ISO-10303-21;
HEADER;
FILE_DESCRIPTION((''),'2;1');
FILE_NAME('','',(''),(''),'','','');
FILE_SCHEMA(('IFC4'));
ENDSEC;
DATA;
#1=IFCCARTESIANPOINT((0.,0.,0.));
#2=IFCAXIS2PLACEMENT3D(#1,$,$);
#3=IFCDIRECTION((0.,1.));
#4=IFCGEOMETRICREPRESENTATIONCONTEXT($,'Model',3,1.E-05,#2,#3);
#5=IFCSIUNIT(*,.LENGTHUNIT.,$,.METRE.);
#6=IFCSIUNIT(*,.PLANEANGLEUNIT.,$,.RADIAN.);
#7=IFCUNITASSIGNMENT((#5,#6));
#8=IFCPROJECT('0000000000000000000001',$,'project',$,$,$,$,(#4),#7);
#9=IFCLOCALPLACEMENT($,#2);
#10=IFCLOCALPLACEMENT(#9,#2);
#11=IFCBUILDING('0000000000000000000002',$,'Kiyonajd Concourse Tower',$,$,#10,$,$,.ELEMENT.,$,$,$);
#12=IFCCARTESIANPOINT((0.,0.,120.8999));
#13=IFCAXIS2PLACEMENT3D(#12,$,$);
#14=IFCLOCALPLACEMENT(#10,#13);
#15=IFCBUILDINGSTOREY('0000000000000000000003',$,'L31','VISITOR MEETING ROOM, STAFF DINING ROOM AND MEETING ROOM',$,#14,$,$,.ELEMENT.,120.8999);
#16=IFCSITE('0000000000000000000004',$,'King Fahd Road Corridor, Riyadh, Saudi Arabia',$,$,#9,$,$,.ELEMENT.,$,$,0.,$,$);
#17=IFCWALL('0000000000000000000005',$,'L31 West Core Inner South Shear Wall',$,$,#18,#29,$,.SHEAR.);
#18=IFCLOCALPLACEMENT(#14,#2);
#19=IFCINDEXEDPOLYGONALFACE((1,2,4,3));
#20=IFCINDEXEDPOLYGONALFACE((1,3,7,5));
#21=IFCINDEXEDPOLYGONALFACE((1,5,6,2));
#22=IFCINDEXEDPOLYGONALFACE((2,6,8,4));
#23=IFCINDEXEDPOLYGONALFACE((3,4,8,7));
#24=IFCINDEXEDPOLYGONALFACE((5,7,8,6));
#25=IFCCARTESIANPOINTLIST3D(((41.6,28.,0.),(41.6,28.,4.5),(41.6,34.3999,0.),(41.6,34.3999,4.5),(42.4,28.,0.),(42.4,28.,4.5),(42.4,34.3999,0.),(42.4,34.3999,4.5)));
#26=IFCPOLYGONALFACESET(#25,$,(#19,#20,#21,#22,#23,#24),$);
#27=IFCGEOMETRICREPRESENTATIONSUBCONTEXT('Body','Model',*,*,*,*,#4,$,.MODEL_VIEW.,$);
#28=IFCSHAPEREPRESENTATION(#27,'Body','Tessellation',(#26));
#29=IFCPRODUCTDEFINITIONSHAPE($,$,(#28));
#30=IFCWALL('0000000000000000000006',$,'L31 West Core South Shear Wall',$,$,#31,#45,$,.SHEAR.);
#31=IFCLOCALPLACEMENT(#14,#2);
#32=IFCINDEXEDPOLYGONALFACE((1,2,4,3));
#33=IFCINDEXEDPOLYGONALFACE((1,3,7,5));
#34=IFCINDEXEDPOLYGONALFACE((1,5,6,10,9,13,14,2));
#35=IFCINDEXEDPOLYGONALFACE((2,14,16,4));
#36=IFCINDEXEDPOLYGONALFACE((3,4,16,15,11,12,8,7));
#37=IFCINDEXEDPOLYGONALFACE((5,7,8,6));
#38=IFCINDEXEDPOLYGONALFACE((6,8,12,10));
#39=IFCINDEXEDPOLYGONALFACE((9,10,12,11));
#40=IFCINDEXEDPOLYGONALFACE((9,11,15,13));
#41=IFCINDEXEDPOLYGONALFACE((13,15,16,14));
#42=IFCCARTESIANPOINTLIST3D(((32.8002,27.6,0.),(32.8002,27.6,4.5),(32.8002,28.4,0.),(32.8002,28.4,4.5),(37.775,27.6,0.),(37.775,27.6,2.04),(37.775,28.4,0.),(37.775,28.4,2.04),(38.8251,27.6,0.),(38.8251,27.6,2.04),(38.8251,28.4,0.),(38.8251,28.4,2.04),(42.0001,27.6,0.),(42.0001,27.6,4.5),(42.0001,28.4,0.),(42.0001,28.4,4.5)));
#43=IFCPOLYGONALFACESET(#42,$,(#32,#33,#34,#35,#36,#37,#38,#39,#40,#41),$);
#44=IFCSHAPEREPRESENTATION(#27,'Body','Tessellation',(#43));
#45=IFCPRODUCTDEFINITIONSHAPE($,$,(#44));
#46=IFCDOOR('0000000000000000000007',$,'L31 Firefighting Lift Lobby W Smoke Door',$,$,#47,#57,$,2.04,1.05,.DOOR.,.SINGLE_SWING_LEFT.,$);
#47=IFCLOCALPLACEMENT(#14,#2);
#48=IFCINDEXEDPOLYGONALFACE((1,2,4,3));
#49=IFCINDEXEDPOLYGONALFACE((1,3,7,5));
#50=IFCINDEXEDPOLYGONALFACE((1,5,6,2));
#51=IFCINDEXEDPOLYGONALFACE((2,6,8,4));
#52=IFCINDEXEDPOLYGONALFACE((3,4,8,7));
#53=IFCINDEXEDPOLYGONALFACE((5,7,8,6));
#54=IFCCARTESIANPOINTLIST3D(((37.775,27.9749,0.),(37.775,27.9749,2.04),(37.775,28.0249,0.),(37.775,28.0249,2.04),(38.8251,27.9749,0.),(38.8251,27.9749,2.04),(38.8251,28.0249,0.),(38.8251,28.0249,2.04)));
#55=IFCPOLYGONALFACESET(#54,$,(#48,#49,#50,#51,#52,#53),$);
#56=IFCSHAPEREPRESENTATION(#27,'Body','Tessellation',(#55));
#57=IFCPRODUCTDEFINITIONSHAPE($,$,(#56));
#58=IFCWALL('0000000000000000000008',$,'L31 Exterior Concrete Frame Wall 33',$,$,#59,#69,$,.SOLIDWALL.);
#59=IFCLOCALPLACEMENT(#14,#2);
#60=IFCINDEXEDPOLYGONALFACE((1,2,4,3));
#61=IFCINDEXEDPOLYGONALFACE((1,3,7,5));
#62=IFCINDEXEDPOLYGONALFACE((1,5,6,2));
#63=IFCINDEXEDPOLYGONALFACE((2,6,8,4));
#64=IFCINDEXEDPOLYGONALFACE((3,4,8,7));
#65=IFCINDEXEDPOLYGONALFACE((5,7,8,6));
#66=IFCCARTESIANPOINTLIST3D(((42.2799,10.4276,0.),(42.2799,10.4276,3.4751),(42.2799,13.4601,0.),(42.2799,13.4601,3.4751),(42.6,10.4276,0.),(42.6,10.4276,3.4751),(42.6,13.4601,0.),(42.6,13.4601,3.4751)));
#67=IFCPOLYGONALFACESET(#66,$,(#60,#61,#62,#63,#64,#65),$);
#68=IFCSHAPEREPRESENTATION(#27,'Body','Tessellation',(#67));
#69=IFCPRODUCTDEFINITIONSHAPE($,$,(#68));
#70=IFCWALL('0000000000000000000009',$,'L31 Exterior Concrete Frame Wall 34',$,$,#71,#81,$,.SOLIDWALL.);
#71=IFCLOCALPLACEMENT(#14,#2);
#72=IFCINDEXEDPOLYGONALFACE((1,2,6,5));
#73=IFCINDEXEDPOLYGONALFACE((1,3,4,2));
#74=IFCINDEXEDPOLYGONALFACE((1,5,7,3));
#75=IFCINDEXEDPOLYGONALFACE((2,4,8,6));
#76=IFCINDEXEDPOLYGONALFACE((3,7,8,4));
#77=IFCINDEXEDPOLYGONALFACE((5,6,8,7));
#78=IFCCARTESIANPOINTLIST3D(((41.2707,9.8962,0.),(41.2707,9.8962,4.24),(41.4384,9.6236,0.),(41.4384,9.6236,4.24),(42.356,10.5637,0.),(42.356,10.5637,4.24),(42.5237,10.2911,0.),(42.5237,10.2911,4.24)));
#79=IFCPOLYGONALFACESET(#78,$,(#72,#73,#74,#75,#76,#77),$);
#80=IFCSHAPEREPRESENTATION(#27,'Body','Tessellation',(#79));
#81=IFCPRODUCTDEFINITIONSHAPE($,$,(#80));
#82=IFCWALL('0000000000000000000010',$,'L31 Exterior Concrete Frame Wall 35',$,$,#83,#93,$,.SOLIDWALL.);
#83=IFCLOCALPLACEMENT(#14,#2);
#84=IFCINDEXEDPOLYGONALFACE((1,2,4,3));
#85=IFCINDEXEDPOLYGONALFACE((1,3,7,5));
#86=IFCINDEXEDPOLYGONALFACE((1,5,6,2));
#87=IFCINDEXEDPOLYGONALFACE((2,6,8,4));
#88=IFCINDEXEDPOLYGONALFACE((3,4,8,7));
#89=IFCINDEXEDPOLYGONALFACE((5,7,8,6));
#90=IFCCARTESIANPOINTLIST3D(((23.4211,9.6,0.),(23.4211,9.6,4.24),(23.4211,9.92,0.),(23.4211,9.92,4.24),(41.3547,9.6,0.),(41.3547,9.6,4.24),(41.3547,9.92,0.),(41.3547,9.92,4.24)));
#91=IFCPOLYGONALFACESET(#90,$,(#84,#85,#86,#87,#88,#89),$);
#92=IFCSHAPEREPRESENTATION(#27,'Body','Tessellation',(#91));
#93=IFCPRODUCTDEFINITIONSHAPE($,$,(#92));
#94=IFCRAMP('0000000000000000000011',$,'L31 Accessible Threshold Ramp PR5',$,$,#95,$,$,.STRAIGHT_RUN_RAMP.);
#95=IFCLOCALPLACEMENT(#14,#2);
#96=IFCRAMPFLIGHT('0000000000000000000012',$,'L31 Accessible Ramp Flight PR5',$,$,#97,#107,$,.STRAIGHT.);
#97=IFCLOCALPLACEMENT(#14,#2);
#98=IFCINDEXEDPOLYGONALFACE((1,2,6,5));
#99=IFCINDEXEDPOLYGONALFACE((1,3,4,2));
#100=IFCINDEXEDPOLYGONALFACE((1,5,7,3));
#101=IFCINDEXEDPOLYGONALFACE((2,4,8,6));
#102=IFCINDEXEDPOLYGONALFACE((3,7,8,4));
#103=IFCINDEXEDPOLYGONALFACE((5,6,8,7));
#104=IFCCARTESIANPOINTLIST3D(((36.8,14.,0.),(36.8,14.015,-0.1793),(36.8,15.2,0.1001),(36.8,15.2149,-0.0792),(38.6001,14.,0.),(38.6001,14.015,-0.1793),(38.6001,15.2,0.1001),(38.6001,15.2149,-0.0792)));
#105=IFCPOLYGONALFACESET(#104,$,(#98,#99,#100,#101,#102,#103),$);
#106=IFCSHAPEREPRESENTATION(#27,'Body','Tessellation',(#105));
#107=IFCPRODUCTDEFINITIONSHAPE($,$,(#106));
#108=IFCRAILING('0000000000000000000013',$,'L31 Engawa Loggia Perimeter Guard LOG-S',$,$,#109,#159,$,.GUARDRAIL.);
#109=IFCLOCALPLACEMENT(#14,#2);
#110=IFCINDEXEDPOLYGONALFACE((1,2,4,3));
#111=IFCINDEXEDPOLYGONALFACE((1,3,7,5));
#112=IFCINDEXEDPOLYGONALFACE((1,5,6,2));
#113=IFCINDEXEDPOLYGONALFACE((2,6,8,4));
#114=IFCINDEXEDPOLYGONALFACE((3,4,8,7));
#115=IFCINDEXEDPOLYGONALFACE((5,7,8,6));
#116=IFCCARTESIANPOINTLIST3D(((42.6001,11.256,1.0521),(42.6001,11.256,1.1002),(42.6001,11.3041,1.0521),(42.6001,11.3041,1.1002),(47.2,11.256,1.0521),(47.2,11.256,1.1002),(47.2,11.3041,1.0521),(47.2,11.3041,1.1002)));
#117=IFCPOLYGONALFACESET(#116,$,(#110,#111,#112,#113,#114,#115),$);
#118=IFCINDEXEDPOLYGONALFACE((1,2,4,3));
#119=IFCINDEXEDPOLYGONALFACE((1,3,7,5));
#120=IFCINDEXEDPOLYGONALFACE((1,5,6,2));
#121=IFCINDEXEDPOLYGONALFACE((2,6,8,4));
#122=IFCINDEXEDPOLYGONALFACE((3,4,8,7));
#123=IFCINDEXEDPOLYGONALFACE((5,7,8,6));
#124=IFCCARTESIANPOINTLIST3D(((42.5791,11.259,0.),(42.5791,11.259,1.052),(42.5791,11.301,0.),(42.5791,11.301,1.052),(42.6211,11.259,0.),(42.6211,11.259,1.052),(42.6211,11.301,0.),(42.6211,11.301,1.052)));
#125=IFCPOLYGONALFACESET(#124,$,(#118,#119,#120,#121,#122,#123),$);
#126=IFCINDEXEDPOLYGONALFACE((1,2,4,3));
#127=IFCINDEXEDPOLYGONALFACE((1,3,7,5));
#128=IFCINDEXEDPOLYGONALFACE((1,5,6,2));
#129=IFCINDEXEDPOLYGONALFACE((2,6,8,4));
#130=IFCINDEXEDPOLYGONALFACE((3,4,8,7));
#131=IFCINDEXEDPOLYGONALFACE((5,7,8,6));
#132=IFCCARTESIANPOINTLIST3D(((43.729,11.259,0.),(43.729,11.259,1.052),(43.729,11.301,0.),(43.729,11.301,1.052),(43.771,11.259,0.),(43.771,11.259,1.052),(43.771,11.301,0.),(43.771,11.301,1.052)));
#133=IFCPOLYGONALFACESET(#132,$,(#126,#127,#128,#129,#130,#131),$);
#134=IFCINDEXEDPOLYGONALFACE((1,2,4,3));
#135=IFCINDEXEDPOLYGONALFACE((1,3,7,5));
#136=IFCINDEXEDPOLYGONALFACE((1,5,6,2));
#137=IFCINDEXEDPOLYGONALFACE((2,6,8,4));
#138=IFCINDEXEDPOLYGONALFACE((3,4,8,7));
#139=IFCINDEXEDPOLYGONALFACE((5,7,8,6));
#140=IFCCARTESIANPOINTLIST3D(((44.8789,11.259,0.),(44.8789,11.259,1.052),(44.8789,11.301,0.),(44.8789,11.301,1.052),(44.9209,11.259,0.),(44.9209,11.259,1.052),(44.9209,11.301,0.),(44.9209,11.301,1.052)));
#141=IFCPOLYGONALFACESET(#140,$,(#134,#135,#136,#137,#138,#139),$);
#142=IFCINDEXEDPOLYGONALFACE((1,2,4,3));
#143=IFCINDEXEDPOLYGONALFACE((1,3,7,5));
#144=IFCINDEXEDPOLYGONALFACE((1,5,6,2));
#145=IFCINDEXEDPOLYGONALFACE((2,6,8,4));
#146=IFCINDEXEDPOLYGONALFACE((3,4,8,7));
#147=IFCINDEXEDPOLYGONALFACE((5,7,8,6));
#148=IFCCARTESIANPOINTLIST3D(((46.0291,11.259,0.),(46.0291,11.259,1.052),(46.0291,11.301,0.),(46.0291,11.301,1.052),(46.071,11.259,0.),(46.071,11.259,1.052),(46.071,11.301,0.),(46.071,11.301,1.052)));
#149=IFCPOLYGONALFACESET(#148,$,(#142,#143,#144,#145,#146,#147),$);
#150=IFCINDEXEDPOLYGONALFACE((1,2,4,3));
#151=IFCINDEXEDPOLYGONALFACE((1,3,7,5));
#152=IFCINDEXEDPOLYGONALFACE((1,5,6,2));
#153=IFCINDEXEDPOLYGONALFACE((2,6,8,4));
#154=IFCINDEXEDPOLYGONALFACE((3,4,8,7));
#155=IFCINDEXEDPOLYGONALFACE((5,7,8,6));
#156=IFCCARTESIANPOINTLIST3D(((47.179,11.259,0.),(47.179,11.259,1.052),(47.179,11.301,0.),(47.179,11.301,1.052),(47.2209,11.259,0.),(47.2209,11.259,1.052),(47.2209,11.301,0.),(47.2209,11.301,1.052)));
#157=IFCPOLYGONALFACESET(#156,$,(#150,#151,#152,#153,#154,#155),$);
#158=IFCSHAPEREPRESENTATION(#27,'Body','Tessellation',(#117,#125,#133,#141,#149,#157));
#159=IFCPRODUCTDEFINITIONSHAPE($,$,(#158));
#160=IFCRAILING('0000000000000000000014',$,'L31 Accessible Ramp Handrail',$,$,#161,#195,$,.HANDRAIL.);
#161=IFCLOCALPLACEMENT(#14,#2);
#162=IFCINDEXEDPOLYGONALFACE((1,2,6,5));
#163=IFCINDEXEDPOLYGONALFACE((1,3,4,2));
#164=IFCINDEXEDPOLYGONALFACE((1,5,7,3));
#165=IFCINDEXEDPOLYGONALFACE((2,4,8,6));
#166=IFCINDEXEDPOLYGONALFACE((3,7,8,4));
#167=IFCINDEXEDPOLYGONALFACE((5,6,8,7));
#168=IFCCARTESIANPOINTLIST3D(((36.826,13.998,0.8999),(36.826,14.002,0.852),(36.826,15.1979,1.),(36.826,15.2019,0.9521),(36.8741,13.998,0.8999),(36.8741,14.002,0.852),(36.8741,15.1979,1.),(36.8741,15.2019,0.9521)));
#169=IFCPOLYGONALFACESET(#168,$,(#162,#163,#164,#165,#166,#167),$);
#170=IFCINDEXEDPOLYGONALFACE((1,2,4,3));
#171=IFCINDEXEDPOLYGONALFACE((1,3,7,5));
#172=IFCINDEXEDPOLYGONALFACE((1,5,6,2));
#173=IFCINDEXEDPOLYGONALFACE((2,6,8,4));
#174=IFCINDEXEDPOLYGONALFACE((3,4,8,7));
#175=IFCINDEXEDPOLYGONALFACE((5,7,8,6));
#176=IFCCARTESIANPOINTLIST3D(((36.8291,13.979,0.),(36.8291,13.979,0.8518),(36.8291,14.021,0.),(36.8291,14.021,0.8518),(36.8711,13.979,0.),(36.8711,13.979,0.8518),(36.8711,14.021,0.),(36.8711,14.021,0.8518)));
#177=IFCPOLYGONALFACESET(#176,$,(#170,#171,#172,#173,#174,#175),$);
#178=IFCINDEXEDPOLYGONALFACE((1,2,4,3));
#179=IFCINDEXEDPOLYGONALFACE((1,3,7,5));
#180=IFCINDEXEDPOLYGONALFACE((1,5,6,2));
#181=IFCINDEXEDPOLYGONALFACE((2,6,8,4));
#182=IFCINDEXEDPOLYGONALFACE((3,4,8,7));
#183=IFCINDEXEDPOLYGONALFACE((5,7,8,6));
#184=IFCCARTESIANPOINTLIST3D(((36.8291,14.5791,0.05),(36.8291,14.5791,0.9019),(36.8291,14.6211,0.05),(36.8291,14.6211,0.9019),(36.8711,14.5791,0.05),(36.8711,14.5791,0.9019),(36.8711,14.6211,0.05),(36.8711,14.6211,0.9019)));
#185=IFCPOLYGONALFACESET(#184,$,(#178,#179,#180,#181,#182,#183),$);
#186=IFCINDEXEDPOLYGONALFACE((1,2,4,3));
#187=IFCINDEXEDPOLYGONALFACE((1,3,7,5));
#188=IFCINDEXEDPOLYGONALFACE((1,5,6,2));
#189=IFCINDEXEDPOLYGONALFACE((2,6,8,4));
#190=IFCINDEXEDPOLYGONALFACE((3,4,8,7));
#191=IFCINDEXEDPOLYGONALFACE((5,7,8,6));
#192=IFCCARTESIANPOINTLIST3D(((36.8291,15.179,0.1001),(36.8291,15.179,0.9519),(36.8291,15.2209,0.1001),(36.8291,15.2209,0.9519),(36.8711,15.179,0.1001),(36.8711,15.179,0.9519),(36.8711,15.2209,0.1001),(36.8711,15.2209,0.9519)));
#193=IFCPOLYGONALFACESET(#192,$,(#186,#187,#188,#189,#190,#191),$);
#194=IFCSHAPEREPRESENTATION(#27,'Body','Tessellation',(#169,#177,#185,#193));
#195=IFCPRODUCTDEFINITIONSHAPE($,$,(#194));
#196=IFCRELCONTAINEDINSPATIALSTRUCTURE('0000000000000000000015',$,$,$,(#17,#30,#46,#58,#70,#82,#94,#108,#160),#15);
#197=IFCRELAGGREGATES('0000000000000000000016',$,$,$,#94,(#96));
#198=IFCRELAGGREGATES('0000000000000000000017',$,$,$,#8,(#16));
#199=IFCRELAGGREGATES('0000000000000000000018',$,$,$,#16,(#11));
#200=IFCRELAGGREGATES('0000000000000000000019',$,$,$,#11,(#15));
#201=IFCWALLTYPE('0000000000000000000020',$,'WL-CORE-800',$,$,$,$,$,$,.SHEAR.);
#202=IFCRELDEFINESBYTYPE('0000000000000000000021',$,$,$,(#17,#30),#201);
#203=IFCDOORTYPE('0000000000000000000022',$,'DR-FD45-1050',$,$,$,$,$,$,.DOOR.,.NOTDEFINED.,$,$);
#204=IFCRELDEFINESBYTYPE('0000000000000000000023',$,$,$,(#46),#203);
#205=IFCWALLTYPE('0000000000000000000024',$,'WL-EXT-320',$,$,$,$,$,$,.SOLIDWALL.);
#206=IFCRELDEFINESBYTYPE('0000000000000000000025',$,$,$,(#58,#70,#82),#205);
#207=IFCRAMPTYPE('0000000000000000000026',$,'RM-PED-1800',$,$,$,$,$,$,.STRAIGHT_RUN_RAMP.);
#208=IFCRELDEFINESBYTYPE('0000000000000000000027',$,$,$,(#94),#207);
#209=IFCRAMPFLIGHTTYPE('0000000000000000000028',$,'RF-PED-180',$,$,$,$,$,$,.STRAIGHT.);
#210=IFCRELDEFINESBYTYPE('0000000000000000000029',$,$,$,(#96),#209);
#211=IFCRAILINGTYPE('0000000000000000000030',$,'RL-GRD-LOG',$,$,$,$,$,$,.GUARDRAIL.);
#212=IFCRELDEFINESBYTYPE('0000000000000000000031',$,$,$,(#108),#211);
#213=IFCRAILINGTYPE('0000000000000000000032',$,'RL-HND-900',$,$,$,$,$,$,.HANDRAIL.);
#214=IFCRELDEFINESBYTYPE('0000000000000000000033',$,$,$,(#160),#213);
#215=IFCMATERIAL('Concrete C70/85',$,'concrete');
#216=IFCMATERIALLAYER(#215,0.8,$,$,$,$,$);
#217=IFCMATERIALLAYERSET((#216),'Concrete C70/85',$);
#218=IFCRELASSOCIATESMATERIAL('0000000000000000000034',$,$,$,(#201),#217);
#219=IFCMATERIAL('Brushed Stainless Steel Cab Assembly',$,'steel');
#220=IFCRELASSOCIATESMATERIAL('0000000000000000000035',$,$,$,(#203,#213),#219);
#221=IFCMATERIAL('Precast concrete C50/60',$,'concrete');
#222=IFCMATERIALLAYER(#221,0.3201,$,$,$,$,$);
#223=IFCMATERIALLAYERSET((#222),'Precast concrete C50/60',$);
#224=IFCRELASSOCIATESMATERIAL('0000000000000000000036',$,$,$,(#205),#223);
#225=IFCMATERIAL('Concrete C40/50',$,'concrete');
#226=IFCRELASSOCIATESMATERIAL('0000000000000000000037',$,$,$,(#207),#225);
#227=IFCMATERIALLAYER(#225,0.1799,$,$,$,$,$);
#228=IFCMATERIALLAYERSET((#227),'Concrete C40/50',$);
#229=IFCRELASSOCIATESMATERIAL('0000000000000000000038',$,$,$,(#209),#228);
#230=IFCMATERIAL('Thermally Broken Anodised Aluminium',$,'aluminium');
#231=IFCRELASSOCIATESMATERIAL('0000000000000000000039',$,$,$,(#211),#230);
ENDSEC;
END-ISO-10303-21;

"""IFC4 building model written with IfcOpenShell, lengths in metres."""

from ifc_helpers import new_model, si_unit, direction, frame, frame_2d, origin, origin_2d, place, context, subcontext, project, spatial, polyline, rectangle, outline, extrude, material, layer, layer_set, type_object, element, fill, aggregate, save


model = new_model("IFC4")

# Units and contexts
model_context = context("Model", 3, precision=1e-05, world=origin(), true_north=direction((0.0, 1.0)))
body_context = subcontext(model_context, "Body", "Model", "MODEL_VIEW")
ifc_project = project(units=[si_unit("LENGTHUNIT", "METRE"), si_unit("PLANEANGLEUNIT", "RADIAN")], contexts=[model_context])

# Site, building, storey
site_placement = place(None, origin())
site = spatial("IfcSite", under=ifc_project, at=site_placement, Name="King Fahd Road Corridor, Riyadh, Saudi Arabia", CompositionType="ELEMENT", RefElevation=0.0)
building_placement = place(site_placement, origin())
building = spatial("IfcBuilding", under=site, at=building_placement, Name="Kiyonajd Concourse Tower", CompositionType="ELEMENT")
storey_placement = place(building_placement, frame((0.0, 0.0, 120.8999)))
storey = spatial("IfcBuildingStorey", under=building, at=storey_placement, Name="L31", Description="VISITOR MEETING ROOM, STAFF DINING ROOM AND MEETING ROOM", CompositionType="ELEMENT", Elevation=120.8999)

# Shared definitions
ifc_material_1 = material(Name="Concrete C70/85", Category="concrete")

# Shared definitions
ifc_material_2 = material(Name="Precast concrete C50/60", Category="concrete")

# Shared definitions
ifc_material_3 = material(Name="Thermally Broken Anodised Aluminium", Category="aluminium")

# Wall
ifc_layer_1 = layer(ifc_material_1, 0.8)
ifc_layer_set_1 = layer_set([ifc_layer_1], Name="Concrete C70/85")
wall_type_1 = type_object("IfcWallType", Name="WL-CORE-800", PredefinedType="SHEAR", material=ifc_layer_set_1)
wall_1_placement = place(storey_placement, frame((42.0, 28.0, 0.0), z_axis=(0.0, 0.0, 1.0), x_axis=(0.0, 1.0, 0.0)))
element("IfcWall", 1, at=wall_1_placement, inside=storey, type_object=wall_type_1, Name="L31 West Core Inner South Shear Wall", PredefinedType="SHEAR", context=body_context, shape_type="SweptSolid", body=[
    extrude(rectangle(XDim=6.3999, YDim=0.8, at=frame_2d((3.2, 0.0))), origin(), (0.0, 0.0, 1.0), 4.5),
])

# Wall, opening, door
wall_2_placement = place(storey_placement, frame((32.8, 28.0, 0.0), z_axis=(0.0, 0.0, 1.0), x_axis=(1.0, 0.0, 0.0)))
wall_2 = element("IfcWall", 2, at=wall_2_placement, inside=storey, type_object=wall_type_1, Name="L31 West Core South Shear Wall", PredefinedType="SHEAR", context=body_context, shape_type="SweptSolid", body=[
    extrude(rectangle(XDim=9.2, YDim=0.8, at=frame_2d((4.6001, 0.0))), origin(), (0.0, 0.0, 1.0), 4.5),
])
opening_placement = place(wall_2_placement, frame((4.9751, 0.0, 0.0)))
opening = element("IfcOpeningElement", 3, at=opening_placement, cuts=wall_2, PredefinedType="OPENING", context=body_context, shape_type="SweptSolid", body=[
    extrude(rectangle(XDim=1.05, YDim=2.04, at=frame_2d((0.5249, 1.02))), frame((0.0, 0.4099, 0.0), z_axis=(0.0, -1.0, 0.0), x_axis=(1.0, 0.0, 0.0)), (0.0, 0.0, 1.0), 0.8201),
])
ifc_material_4 = material(Name="Brushed Stainless Steel Cab Assembly", Category="steel")
door_type = type_object("IfcDoorType", Name="DR-FD45-1050", OperationType="NOTDEFINED", PredefinedType="DOOR", material=ifc_material_4)
door_placement = place(opening_placement, origin())
door = element("IfcDoor", 4, at=door_placement, inside=storey, type_object=door_type, Name="L31 Firefighting Lift Lobby W Smoke Door", OperationType="SINGLE_SWING_LEFT", OverallHeight=2.04, OverallWidth=1.05, PredefinedType="DOOR", context=body_context, shape_type="SweptSolid", body=[
    extrude(rectangle(XDim=1.05, YDim=2.04, at=frame_2d((0.5249, 1.02))), frame((0.0, 0.0249, 0.0), z_axis=(0.0, -1.0, 0.0), x_axis=(1.0, 0.0, 0.0)), (0.0, 0.0, 1.0), 0.05),
])
fill(opening, door)

# Walls
ifc_layer_2 = layer(ifc_material_2, 0.3201)
ifc_layer_set_2 = layer_set([ifc_layer_2], Name="Precast concrete C50/60")
wall_type_2 = type_object("IfcWallType", Name="WL-EXT-320", PredefinedType="SOLIDWALL", material=ifc_layer_set_2)
wall_3_placement = place(storey_placement, frame((42.4399, 13.46, 0.0), z_axis=(0.0, 0.0, 1.0), x_axis=(0.0, -1.0, 0.0)))
element("IfcWall", 5, at=wall_3_placement, inside=storey, type_object=wall_type_2, Name="L31 Exterior Concrete Frame Wall 33", PredefinedType="SOLIDWALL", context=body_context, shape_type="SweptSolid", body=[
    extrude(rectangle(XDim=3.0325, YDim=0.3201, at=frame_2d((1.5161, 0.0))), origin(), (0.0, 0.0, 1.0), 3.4751),
])
wall_4_placement = place(storey_placement, frame((42.4399, 10.4275, 0.0), z_axis=(0.0, 0.0, 1.0), x_axis=(-0.851777, -0.523905, 0.0)))
element("IfcWall", 6, at=wall_4_placement, inside=storey, type_object=wall_type_2, Name="L31 Exterior Concrete Frame Wall 34", PredefinedType="SOLIDWALL", context=body_context, shape_type="SweptSolid", body=[
    extrude(rectangle(XDim=1.2742, YDim=0.3201, at=frame_2d((0.6372, 0.0))), origin(), (0.0, 0.0, 1.0), 4.24),
])
wall_5_placement = place(storey_placement, frame((41.3547, 9.76, 0.0), z_axis=(0.0, 0.0, 1.0), x_axis=(-1.0, 0.0, 0.0)))
element("IfcWall", 7, at=wall_5_placement, inside=storey, type_object=wall_type_2, Name="L31 Exterior Concrete Frame Wall 35", PredefinedType="SOLIDWALL", context=body_context, shape_type="SweptSolid", body=[
    extrude(rectangle(XDim=17.9336, YDim=0.3201, at=frame_2d((8.9668, 0.0))), origin(), (0.0, 0.0, 1.0), 4.24),
])

# Ramp, ramp flight
ifc_material_5 = material(Name="Concrete C40/50", Category="concrete")
ramp_type = type_object("IfcRampType", Name="RM-PED-1800", PredefinedType="STRAIGHT_RUN_RAMP", material=ifc_material_5)
ramp_placement = place(storey_placement, origin())
ramp = element("IfcRamp", 8, at=ramp_placement, inside=storey, type_object=ramp_type, Name="L31 Accessible Threshold Ramp PR5", PredefinedType="STRAIGHT_RUN_RAMP")
ifc_layer_3 = layer(ifc_material_5, 0.1799)
ifc_layer_set_3 = layer_set([ifc_layer_3], Name="Concrete C40/50")
ramp_flight_type = type_object("IfcRampFlightType", Name="RF-PED-180", PredefinedType="STRAIGHT", material=ifc_layer_set_3)
ramp_flight_placement = place(storey_placement, frame((36.8, 14.0, 0.0), z_axis=(0.0, -0.083129, 0.996539), x_axis=(1.0, 0.0, 0.0)))
ramp_flight = element("IfcRampFlight", 9, at=ramp_flight_placement, type_object=ramp_flight_type, Name="L31 Accessible Ramp Flight PR5", PredefinedType="STRAIGHT", context=body_context, shape_type="SweptSolid", body=[
    extrude(outline(polyline([(0.0, 0.0), (1.8, 0.0), (1.8, 1.2041), (0.0, 1.2041), (0.0, 0.0)])), origin(), (0.0, 0.0, -1.0), 0.1799),
])
aggregate(ramp, [ramp_flight])

# Railings
railing_type_1 = type_object("IfcRailingType", Name="RL-GRD-LOG", PredefinedType="GUARDRAIL", material=ifc_material_3)
railing_1_placement = place(storey_placement, frame((42.6001, 11.28, 0.0)))
element("IfcRailing", 10, at=railing_1_placement, inside=storey, type_object=railing_type_1, Name="L31 Engawa Loggia Perimeter Guard LOG-S", PredefinedType="GUARDRAIL", context=body_context, shape_type="SweptSolid", body=[
    extrude(rectangle(XDim=0.0481, YDim=0.0481, at=origin_2d()), frame((0.0, 0.0, 1.0762), z_axis=(1.0, 0.0, 0.0), x_axis=(0.0, 1.0, 0.0)), (0.0, 0.0, 1.0), 4.5999),
    extrude(rectangle(XDim=0.042, YDim=0.042, at=origin_2d()), origin(), (0.0, 0.0, 1.0), 1.052),
    extrude(rectangle(XDim=0.042, YDim=0.042, at=origin_2d()), frame((1.1499, 0.0, 0.0)), (0.0, 0.0, 1.0), 1.052),
    extrude(rectangle(XDim=0.042, YDim=0.042, at=origin_2d()), frame((2.2998, 0.0, 0.0)), (0.0, 0.0, 1.0), 1.052),
    extrude(rectangle(XDim=0.042, YDim=0.042, at=origin_2d()), frame((3.45, 0.0, 0.0)), (0.0, 0.0, 1.0), 1.052),
    extrude(rectangle(XDim=0.042, YDim=0.042, at=origin_2d()), frame((4.5999, 0.0, 0.0)), (0.0, 0.0, 1.0), 1.052),
])
railing_type_2 = type_object("IfcRailingType", Name="RL-HND-900", PredefinedType="HANDRAIL", material=ifc_material_4)
railing_2_placement = place(storey_placement, frame((36.8501, 14.0, 0.0)))
element("IfcRailing", 11, at=railing_2_placement, inside=storey, type_object=railing_type_2, Name="L31 Accessible Ramp Handrail", PredefinedType="HANDRAIL", context=body_context, shape_type="SweptSolid", body=[
    extrude(rectangle(XDim=0.0481, YDim=0.0481, at=origin_2d()), frame((0.0, 0.0, 0.876), z_axis=(0.0, 0.996539, 0.083129), x_axis=(-1.0, 0.0, 0.0)), (0.0, 0.0, 1.0), 1.2041),
    extrude(rectangle(XDim=0.042, YDim=0.042, at=origin_2d()), origin(), (0.0, 0.0, 1.0), 0.8518),
    extrude(rectangle(XDim=0.042, YDim=0.042, at=origin_2d()), frame((0.0, 0.6001, 0.05)), (0.0, 0.0, 1.0), 0.8518),
    extrude(rectangle(XDim=0.042, YDim=0.042, at=origin_2d()), frame((0.0, 1.2, 0.1001)), (0.0, 0.0, 1.0), 0.8518),
])

save(model, "model.ifc")
